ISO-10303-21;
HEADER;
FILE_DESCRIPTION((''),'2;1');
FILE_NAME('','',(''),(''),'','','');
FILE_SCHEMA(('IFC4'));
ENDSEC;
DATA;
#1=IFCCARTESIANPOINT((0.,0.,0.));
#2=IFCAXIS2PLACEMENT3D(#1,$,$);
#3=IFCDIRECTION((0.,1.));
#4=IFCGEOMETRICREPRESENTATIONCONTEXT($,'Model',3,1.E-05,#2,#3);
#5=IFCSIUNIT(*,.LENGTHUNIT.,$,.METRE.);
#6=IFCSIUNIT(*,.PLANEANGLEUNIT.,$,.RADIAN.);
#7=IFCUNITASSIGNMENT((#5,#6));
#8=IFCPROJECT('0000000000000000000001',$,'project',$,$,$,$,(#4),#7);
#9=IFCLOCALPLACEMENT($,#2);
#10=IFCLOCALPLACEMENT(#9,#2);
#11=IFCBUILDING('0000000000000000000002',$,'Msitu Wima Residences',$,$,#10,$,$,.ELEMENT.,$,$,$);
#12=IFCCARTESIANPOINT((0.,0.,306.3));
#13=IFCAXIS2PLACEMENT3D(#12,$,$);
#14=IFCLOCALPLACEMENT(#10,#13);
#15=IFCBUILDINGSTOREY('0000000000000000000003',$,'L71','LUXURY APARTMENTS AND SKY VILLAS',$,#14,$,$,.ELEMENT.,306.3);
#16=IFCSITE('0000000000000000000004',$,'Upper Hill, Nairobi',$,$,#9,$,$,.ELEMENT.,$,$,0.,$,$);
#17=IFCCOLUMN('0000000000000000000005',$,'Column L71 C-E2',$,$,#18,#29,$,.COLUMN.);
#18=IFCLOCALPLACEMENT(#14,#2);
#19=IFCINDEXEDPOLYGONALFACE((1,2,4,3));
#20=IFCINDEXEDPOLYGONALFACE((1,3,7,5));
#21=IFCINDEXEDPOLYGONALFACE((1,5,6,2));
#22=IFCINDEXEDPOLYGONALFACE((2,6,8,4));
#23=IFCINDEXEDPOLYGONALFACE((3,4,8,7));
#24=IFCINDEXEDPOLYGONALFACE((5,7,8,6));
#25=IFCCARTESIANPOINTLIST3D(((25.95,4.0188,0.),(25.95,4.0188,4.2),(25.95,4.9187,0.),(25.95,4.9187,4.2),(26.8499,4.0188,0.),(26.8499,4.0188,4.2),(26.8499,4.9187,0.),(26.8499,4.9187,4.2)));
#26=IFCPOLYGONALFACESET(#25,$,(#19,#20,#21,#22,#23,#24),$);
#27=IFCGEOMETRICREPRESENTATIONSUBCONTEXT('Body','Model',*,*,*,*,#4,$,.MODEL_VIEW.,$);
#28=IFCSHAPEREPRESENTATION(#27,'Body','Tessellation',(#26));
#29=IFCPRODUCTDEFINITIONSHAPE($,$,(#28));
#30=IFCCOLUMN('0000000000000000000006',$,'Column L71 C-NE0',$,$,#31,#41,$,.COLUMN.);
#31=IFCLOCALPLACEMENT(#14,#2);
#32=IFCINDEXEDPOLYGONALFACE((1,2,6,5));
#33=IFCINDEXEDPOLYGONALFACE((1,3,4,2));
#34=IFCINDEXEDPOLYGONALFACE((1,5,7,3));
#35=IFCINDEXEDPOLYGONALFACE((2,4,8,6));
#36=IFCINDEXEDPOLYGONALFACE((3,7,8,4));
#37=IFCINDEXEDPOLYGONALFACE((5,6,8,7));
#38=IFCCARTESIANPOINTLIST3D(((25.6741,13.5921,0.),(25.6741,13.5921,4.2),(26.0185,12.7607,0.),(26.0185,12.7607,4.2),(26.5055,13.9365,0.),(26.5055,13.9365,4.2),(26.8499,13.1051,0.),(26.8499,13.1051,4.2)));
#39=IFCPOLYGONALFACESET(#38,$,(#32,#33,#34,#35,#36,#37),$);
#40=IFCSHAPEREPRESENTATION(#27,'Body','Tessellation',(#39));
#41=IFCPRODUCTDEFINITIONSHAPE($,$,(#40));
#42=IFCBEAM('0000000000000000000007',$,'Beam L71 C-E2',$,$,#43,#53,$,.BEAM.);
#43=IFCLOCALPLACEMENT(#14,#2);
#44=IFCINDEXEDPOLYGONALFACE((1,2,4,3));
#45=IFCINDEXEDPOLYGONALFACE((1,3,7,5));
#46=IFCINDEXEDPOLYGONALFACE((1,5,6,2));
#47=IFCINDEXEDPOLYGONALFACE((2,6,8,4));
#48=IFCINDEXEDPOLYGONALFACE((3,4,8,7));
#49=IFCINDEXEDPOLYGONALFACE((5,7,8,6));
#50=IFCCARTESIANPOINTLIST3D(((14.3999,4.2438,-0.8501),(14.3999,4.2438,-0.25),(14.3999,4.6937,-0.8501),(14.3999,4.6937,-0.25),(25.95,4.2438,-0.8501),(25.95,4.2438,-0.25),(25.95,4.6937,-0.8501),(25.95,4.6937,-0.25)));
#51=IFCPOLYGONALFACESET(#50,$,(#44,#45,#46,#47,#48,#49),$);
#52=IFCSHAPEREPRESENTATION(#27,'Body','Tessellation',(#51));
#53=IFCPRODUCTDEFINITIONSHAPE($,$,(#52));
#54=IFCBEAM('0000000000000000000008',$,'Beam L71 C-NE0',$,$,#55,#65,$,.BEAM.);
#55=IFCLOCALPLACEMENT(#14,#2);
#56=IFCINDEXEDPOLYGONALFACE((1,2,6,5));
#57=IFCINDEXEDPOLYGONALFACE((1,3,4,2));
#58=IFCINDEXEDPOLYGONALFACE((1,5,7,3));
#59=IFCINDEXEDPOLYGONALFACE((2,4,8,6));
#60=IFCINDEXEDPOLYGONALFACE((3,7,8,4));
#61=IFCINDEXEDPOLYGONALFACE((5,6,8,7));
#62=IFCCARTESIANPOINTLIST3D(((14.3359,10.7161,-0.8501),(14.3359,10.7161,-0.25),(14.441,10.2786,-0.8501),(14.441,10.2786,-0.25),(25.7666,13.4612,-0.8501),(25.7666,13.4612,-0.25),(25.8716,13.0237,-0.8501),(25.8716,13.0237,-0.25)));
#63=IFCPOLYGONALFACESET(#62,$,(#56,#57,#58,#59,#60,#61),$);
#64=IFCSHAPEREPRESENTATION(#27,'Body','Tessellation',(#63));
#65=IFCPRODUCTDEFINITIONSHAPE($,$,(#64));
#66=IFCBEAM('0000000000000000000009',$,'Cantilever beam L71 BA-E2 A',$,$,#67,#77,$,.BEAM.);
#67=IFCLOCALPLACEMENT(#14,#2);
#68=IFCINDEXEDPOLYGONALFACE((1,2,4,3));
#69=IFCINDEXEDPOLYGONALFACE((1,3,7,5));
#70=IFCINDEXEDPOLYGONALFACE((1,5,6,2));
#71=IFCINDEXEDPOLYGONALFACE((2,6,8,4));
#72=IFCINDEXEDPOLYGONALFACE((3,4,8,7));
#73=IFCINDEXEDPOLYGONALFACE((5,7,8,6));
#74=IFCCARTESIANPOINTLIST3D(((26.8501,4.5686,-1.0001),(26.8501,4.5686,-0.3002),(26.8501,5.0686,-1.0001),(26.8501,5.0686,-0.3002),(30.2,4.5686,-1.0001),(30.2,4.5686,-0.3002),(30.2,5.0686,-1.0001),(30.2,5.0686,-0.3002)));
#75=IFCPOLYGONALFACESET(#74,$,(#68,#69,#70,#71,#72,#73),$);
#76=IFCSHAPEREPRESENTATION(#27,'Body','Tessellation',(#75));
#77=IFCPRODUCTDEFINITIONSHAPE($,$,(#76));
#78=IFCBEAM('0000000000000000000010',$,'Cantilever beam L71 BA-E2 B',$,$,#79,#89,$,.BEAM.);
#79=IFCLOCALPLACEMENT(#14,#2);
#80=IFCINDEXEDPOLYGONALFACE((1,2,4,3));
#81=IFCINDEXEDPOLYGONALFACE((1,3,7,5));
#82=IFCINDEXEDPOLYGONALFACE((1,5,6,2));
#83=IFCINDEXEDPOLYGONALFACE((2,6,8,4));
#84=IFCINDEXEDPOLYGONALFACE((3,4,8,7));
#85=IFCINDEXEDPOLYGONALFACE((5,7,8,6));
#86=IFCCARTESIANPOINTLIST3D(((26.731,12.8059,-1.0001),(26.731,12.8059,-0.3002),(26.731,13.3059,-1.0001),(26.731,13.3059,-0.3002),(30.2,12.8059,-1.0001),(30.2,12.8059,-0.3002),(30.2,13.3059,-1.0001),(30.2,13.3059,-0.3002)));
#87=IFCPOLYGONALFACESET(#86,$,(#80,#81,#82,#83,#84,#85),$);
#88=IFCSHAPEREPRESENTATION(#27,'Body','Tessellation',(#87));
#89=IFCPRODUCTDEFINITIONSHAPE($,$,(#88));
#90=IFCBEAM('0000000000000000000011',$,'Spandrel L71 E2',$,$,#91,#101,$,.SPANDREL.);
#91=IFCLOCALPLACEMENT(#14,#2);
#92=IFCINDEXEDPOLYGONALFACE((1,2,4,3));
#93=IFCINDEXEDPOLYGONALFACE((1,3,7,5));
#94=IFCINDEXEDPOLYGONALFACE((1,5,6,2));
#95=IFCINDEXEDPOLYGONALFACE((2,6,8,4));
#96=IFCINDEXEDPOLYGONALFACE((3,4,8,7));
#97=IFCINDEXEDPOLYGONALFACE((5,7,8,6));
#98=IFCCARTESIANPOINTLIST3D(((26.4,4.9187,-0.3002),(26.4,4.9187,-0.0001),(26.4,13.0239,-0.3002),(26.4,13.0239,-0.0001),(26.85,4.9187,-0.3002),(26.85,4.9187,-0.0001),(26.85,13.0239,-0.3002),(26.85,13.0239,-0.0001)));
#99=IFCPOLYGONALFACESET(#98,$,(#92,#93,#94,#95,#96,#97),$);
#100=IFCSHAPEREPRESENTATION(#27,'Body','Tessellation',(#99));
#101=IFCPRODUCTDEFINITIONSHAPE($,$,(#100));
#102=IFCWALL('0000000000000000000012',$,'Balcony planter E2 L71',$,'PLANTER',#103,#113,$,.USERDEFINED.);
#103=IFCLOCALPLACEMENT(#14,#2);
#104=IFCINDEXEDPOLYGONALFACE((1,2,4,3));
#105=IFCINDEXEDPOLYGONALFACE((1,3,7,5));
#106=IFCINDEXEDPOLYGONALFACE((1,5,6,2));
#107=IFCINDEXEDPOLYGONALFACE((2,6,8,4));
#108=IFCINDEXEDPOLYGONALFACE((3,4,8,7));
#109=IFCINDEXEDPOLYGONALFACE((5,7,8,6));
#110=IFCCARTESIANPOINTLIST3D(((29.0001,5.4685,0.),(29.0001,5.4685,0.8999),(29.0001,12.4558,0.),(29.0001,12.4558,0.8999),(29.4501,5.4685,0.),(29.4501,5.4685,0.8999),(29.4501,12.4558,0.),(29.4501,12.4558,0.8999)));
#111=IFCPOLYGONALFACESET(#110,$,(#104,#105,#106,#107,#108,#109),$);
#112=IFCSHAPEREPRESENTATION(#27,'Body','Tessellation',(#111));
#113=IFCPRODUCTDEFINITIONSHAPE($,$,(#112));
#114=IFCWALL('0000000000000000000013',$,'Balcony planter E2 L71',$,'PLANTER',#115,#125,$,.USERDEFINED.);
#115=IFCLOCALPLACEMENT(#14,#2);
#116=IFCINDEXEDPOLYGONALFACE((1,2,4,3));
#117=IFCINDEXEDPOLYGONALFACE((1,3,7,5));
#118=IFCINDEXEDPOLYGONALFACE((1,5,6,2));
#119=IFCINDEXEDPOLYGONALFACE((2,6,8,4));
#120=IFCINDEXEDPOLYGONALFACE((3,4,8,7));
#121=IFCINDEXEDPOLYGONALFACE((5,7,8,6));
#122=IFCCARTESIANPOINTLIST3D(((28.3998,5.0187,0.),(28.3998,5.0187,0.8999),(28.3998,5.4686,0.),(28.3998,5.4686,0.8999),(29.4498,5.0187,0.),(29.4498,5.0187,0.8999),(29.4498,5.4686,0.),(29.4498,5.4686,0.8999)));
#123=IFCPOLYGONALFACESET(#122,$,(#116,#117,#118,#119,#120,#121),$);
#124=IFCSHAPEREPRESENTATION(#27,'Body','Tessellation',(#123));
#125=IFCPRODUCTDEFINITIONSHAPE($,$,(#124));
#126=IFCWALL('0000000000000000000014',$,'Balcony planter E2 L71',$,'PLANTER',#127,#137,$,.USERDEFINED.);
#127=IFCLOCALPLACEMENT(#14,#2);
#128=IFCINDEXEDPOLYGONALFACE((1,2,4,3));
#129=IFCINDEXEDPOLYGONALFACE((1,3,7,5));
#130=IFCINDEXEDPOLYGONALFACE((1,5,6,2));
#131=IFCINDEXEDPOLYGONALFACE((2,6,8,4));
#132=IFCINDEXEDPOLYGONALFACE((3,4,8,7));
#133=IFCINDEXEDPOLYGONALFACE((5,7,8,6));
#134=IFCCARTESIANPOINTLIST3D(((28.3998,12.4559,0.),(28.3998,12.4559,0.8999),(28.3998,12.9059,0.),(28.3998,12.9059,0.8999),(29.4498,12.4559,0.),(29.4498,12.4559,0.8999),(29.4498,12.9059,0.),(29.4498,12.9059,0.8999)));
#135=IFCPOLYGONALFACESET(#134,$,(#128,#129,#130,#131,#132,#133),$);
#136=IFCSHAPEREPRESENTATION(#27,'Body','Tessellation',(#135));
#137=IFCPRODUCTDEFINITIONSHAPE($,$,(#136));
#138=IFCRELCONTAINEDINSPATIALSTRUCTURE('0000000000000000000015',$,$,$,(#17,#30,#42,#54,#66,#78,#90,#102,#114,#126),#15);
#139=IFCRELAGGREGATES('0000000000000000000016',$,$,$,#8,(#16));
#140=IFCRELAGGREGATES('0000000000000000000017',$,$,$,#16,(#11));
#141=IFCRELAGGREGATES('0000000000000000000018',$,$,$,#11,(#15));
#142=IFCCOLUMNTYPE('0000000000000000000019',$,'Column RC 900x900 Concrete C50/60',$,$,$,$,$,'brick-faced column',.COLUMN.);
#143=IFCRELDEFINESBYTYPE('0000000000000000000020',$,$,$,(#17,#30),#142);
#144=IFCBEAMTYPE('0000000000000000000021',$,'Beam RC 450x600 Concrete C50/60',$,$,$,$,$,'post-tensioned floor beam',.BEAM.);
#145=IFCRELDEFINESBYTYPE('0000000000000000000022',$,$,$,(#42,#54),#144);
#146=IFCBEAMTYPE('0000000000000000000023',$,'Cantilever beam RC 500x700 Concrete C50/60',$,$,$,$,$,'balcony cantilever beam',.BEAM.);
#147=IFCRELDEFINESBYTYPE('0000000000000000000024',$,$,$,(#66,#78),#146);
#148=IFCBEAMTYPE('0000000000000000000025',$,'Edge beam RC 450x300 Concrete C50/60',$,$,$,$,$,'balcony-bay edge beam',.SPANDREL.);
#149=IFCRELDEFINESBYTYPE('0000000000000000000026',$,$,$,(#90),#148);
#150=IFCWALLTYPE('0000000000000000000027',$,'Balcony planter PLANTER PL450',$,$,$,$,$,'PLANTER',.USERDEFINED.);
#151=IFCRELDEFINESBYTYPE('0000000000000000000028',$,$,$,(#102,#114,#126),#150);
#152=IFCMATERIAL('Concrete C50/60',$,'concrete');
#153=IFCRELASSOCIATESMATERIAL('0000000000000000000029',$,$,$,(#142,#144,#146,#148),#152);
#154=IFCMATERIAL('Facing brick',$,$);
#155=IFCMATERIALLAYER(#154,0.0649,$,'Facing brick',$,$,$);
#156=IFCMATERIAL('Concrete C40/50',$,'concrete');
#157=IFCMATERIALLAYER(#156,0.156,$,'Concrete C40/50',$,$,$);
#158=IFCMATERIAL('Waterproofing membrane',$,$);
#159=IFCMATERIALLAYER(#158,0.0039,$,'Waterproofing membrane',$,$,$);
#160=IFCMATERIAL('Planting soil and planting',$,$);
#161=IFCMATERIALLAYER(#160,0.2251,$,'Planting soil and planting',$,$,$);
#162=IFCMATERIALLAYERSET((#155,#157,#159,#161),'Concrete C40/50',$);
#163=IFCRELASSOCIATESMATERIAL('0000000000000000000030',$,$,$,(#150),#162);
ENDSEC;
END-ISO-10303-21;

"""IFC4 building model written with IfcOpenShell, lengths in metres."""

from ifc_helpers import new_model, si_unit, direction, frame, frame_2d, origin, origin_2d, place, context, subcontext, project, spatial, rectangle, extrude, material, layer, layer_set, material_profile, profile_set, type_object, element, save


model = new_model("IFC4")

# Units and contexts
model_context = context("Model", 3, precision=1e-05, world=origin(), true_north=direction((0.0, 1.0)))
body_context = subcontext(model_context, "Body", "Model", "MODEL_VIEW")
ifc_project = project(units=[si_unit("LENGTHUNIT", "METRE"), si_unit("PLANEANGLEUNIT", "RADIAN")], contexts=[model_context])

# Site, building, storey
site_placement = place(None, origin())
site = spatial("IfcSite", under=ifc_project, at=site_placement, Name="Upper Hill, Nairobi", CompositionType="ELEMENT", RefElevation=0.0)
building_placement = place(site_placement, origin())
building = spatial("IfcBuilding", under=site, at=building_placement, Name="Msitu Wima Residences", CompositionType="ELEMENT")
storey_placement = place(building_placement, frame((0.0, 0.0, 306.3)))
storey = spatial("IfcBuildingStorey", under=building, at=storey_placement, Name="L71", Description="LUXURY APARTMENTS AND SKY VILLAS", CompositionType="ELEMENT", Elevation=306.3)

# Columns
ifc_material_1 = material(Name="Concrete C50/60", Category="concrete")
ifc_material_profile_1 = material_profile(ifc_material_1, rectangle(XDim=0.8999, YDim=0.8999, at=origin_2d()), Name="RC 900x900")
ifc_profile_set_1 = profile_set([ifc_material_profile_1], Name="Concrete C50/60")
column_type = type_object("IfcColumnType", Name="Column RC 900x900 Concrete C50/60", ElementType="brick-faced column", PredefinedType="COLUMN", material=ifc_profile_set_1)
for number, where, z_axis, x_axis, name in (
    (1, (26.3999, 4.4688, 0.0), (0.0, 0.0, 1.0), (0.0, 1.0, 0.0), "Column L71 C-E2"),
    (2, (26.262, 13.3486, 0.0), (0.0, 0.0, 1.0), (-0.382683, 0.92388, 0.0), "Column L71 C-NE0"),
):
    element("IfcColumn", number, at=place(storey_placement, frame(where, z_axis=z_axis, x_axis=x_axis)), inside=storey, type_object=column_type, Name=name, PredefinedType="COLUMN", context=body_context, shape_type="SweptSolid", body=[
        extrude(rectangle(XDim=0.8999, YDim=0.8999, at=origin_2d()), origin(), (0.0, 0.0, 1.0), 4.2),
    ])

# Beams
ifc_material_profile_2 = material_profile(ifc_material_1, rectangle(XDim=0.45, YDim=0.6001, at=origin_2d()), Name="RC 450x600")
ifc_profile_set_2 = profile_set([ifc_material_profile_2], Name="Concrete C50/60")
beam_type_1 = type_object("IfcBeamType", Name="Beam RC 450x600 Concrete C50/60", ElementType="post-tensioned floor beam", PredefinedType="BEAM", material=ifc_profile_set_2)
beam_1_placement = place(storey_placement, frame((25.95, 4.4688, -0.55), z_axis=(-1.0, 0.0, 0.0), x_axis=(0.0, -1.0, 0.0)))
element("IfcBeam", 3, at=beam_1_placement, inside=storey, type_object=beam_type_1, Name="Beam L71 C-E2", PredefinedType="BEAM", context=body_context, shape_type="SweptSolid", body=[
    extrude(rectangle(XDim=0.45, YDim=0.6001, at=origin_2d()), origin(), (0.0, 0.0, 1.0), 11.55),
])
beam_2_placement = place(storey_placement, frame((25.8191, 13.2424, -0.55), z_axis=(-0.972353, -0.233514, 0.0), x_axis=(0.233514, -0.972353, 0.0)))
element("IfcBeam", 4, at=beam_2_placement, inside=storey, type_object=beam_type_1, Name="Beam L71 C-NE0", PredefinedType="BEAM", context=body_context, shape_type="SweptSolid", body=[
    extrude(rectangle(XDim=0.45, YDim=0.6001, at=origin_2d()), origin(), (0.0, 0.0, 1.0), 11.7556),
])
ifc_material_profile_3 = material_profile(ifc_material_1, rectangle(XDim=0.5, YDim=0.7, at=origin_2d()), Name="RC 500x700")
ifc_profile_set_3 = profile_set([ifc_material_profile_3], Name="Concrete C50/60")
beam_type_2 = type_object("IfcBeamType", Name="Cantilever beam RC 500x700 Concrete C50/60", ElementType="balcony cantilever beam", PredefinedType="BEAM", material=ifc_profile_set_3)
beam_3_placement = place(storey_placement, frame((26.8501, 4.8186, -0.6501), z_axis=(1.0, 0.0, 0.0), x_axis=(0.0, 1.0, 0.0)))
element("IfcBeam", 5, at=beam_3_placement, inside=storey, type_object=beam_type_2, Name="Cantilever beam L71 BA-E2 A", PredefinedType="BEAM", context=body_context, shape_type="SweptSolid", body=[
    extrude(rectangle(XDim=0.5, YDim=0.7, at=origin_2d()), origin(), (0.0, 0.0, 1.0), 3.3499),
])
beam_4_placement = place(storey_placement, frame((26.731, 13.0559, -0.6501), z_axis=(1.0, 0.0, 0.0), x_axis=(0.0, 1.0, 0.0)))
element("IfcBeam", 6, at=beam_4_placement, inside=storey, type_object=beam_type_2, Name="Cantilever beam L71 BA-E2 B", PredefinedType="BEAM", context=body_context, shape_type="SweptSolid", body=[
    extrude(rectangle(XDim=0.5, YDim=0.7, at=origin_2d()), origin(), (0.0, 0.0, 1.0), 3.469),
])
ifc_material_profile_4 = material_profile(ifc_material_1, rectangle(XDim=0.45, YDim=0.3, at=origin_2d()), Name="RC 450x300")
ifc_profile_set_4 = profile_set([ifc_material_profile_4], Name="Concrete C50/60")
beam_type_3 = type_object("IfcBeamType", Name="Edge beam RC 450x300 Concrete C50/60", ElementType="balcony-bay edge beam", PredefinedType="SPANDREL", material=ifc_profile_set_4)
beam_5_placement = place(storey_placement, frame((26.625, 4.9187, -0.1501), z_axis=(0.0, 1.0, 0.0), x_axis=(-1.0, 0.0, 0.0)))
element("IfcBeam", 7, at=beam_5_placement, inside=storey, type_object=beam_type_3, Name="Spandrel L71 E2", PredefinedType="SPANDREL", context=body_context, shape_type="SweptSolid", body=[
    extrude(rectangle(XDim=0.45, YDim=0.3, at=origin_2d()), origin(), (0.0, 0.0, 1.0), 8.1052),
])

# Walls
ifc_material_2 = material(Name="Facing brick")
ifc_layer_1 = layer(ifc_material_2, 0.0649, Name="Facing brick")
ifc_material_3 = material(Name="Concrete C40/50", Category="concrete")
ifc_layer_2 = layer(ifc_material_3, 0.156, Name="Concrete C40/50")
ifc_material_4 = material(Name="Waterproofing membrane")
ifc_layer_3 = layer(ifc_material_4, 0.0039, Name="Waterproofing membrane")
ifc_material_5 = material(Name="Planting soil and planting")
ifc_layer_4 = layer(ifc_material_5, 0.2251, Name="Planting soil and planting")
ifc_layer_set_1 = layer_set([ifc_layer_1, ifc_layer_2, ifc_layer_3, ifc_layer_4], Name="Concrete C40/50")
wall_type_1 = type_object("IfcWallType", Name="Balcony planter PLANTER PL450", ElementType="PLANTER", PredefinedType="USERDEFINED", material=ifc_layer_set_1)
wall_1_placement = place(storey_placement, frame((29.2251, 5.4685, 0.0), z_axis=(0.0, 0.0, 1.0), x_axis=(0.0, 1.0, 0.0)))
element("IfcWall", 8, at=wall_1_placement, inside=storey, type_object=wall_type_1, Name="Balcony planter E2 L71", ObjectType="PLANTER", PredefinedType="USERDEFINED", context=body_context, shape_type="SweptSolid", body=[
    extrude(rectangle(XDim=6.9873, YDim=0.45, at=frame_2d((3.4937, 0.0))), origin(), (0.0, 0.0, 1.0), 0.8999),
])
for number, where, z_axis, x_axis, name in (
    (9, (28.3999, 5.2437, 0.0), (0.0, 0.0, 1.0), (1.0, 0.0, 0.0), "Balcony planter E2 L71"),
    (10, (28.3999, 12.6809, 0.0), (0.0, 0.0, 1.0), (1.0, 0.0, 0.0), "Balcony planter E2 L71"),
):
    element("IfcWall", number, at=place(storey_placement, frame(where, z_axis=z_axis, x_axis=x_axis)), inside=storey, type_object=wall_type_1, Name=name, ObjectType="PLANTER", PredefinedType="USERDEFINED", context=body_context, shape_type="SweptSolid", body=[
        extrude(rectangle(XDim=1.05, YDim=0.45, at=frame_2d((0.5249, 0.0))), origin(), (0.0, 0.0, 1.0), 0.8999),
    ])

save(model, "model.ifc")
